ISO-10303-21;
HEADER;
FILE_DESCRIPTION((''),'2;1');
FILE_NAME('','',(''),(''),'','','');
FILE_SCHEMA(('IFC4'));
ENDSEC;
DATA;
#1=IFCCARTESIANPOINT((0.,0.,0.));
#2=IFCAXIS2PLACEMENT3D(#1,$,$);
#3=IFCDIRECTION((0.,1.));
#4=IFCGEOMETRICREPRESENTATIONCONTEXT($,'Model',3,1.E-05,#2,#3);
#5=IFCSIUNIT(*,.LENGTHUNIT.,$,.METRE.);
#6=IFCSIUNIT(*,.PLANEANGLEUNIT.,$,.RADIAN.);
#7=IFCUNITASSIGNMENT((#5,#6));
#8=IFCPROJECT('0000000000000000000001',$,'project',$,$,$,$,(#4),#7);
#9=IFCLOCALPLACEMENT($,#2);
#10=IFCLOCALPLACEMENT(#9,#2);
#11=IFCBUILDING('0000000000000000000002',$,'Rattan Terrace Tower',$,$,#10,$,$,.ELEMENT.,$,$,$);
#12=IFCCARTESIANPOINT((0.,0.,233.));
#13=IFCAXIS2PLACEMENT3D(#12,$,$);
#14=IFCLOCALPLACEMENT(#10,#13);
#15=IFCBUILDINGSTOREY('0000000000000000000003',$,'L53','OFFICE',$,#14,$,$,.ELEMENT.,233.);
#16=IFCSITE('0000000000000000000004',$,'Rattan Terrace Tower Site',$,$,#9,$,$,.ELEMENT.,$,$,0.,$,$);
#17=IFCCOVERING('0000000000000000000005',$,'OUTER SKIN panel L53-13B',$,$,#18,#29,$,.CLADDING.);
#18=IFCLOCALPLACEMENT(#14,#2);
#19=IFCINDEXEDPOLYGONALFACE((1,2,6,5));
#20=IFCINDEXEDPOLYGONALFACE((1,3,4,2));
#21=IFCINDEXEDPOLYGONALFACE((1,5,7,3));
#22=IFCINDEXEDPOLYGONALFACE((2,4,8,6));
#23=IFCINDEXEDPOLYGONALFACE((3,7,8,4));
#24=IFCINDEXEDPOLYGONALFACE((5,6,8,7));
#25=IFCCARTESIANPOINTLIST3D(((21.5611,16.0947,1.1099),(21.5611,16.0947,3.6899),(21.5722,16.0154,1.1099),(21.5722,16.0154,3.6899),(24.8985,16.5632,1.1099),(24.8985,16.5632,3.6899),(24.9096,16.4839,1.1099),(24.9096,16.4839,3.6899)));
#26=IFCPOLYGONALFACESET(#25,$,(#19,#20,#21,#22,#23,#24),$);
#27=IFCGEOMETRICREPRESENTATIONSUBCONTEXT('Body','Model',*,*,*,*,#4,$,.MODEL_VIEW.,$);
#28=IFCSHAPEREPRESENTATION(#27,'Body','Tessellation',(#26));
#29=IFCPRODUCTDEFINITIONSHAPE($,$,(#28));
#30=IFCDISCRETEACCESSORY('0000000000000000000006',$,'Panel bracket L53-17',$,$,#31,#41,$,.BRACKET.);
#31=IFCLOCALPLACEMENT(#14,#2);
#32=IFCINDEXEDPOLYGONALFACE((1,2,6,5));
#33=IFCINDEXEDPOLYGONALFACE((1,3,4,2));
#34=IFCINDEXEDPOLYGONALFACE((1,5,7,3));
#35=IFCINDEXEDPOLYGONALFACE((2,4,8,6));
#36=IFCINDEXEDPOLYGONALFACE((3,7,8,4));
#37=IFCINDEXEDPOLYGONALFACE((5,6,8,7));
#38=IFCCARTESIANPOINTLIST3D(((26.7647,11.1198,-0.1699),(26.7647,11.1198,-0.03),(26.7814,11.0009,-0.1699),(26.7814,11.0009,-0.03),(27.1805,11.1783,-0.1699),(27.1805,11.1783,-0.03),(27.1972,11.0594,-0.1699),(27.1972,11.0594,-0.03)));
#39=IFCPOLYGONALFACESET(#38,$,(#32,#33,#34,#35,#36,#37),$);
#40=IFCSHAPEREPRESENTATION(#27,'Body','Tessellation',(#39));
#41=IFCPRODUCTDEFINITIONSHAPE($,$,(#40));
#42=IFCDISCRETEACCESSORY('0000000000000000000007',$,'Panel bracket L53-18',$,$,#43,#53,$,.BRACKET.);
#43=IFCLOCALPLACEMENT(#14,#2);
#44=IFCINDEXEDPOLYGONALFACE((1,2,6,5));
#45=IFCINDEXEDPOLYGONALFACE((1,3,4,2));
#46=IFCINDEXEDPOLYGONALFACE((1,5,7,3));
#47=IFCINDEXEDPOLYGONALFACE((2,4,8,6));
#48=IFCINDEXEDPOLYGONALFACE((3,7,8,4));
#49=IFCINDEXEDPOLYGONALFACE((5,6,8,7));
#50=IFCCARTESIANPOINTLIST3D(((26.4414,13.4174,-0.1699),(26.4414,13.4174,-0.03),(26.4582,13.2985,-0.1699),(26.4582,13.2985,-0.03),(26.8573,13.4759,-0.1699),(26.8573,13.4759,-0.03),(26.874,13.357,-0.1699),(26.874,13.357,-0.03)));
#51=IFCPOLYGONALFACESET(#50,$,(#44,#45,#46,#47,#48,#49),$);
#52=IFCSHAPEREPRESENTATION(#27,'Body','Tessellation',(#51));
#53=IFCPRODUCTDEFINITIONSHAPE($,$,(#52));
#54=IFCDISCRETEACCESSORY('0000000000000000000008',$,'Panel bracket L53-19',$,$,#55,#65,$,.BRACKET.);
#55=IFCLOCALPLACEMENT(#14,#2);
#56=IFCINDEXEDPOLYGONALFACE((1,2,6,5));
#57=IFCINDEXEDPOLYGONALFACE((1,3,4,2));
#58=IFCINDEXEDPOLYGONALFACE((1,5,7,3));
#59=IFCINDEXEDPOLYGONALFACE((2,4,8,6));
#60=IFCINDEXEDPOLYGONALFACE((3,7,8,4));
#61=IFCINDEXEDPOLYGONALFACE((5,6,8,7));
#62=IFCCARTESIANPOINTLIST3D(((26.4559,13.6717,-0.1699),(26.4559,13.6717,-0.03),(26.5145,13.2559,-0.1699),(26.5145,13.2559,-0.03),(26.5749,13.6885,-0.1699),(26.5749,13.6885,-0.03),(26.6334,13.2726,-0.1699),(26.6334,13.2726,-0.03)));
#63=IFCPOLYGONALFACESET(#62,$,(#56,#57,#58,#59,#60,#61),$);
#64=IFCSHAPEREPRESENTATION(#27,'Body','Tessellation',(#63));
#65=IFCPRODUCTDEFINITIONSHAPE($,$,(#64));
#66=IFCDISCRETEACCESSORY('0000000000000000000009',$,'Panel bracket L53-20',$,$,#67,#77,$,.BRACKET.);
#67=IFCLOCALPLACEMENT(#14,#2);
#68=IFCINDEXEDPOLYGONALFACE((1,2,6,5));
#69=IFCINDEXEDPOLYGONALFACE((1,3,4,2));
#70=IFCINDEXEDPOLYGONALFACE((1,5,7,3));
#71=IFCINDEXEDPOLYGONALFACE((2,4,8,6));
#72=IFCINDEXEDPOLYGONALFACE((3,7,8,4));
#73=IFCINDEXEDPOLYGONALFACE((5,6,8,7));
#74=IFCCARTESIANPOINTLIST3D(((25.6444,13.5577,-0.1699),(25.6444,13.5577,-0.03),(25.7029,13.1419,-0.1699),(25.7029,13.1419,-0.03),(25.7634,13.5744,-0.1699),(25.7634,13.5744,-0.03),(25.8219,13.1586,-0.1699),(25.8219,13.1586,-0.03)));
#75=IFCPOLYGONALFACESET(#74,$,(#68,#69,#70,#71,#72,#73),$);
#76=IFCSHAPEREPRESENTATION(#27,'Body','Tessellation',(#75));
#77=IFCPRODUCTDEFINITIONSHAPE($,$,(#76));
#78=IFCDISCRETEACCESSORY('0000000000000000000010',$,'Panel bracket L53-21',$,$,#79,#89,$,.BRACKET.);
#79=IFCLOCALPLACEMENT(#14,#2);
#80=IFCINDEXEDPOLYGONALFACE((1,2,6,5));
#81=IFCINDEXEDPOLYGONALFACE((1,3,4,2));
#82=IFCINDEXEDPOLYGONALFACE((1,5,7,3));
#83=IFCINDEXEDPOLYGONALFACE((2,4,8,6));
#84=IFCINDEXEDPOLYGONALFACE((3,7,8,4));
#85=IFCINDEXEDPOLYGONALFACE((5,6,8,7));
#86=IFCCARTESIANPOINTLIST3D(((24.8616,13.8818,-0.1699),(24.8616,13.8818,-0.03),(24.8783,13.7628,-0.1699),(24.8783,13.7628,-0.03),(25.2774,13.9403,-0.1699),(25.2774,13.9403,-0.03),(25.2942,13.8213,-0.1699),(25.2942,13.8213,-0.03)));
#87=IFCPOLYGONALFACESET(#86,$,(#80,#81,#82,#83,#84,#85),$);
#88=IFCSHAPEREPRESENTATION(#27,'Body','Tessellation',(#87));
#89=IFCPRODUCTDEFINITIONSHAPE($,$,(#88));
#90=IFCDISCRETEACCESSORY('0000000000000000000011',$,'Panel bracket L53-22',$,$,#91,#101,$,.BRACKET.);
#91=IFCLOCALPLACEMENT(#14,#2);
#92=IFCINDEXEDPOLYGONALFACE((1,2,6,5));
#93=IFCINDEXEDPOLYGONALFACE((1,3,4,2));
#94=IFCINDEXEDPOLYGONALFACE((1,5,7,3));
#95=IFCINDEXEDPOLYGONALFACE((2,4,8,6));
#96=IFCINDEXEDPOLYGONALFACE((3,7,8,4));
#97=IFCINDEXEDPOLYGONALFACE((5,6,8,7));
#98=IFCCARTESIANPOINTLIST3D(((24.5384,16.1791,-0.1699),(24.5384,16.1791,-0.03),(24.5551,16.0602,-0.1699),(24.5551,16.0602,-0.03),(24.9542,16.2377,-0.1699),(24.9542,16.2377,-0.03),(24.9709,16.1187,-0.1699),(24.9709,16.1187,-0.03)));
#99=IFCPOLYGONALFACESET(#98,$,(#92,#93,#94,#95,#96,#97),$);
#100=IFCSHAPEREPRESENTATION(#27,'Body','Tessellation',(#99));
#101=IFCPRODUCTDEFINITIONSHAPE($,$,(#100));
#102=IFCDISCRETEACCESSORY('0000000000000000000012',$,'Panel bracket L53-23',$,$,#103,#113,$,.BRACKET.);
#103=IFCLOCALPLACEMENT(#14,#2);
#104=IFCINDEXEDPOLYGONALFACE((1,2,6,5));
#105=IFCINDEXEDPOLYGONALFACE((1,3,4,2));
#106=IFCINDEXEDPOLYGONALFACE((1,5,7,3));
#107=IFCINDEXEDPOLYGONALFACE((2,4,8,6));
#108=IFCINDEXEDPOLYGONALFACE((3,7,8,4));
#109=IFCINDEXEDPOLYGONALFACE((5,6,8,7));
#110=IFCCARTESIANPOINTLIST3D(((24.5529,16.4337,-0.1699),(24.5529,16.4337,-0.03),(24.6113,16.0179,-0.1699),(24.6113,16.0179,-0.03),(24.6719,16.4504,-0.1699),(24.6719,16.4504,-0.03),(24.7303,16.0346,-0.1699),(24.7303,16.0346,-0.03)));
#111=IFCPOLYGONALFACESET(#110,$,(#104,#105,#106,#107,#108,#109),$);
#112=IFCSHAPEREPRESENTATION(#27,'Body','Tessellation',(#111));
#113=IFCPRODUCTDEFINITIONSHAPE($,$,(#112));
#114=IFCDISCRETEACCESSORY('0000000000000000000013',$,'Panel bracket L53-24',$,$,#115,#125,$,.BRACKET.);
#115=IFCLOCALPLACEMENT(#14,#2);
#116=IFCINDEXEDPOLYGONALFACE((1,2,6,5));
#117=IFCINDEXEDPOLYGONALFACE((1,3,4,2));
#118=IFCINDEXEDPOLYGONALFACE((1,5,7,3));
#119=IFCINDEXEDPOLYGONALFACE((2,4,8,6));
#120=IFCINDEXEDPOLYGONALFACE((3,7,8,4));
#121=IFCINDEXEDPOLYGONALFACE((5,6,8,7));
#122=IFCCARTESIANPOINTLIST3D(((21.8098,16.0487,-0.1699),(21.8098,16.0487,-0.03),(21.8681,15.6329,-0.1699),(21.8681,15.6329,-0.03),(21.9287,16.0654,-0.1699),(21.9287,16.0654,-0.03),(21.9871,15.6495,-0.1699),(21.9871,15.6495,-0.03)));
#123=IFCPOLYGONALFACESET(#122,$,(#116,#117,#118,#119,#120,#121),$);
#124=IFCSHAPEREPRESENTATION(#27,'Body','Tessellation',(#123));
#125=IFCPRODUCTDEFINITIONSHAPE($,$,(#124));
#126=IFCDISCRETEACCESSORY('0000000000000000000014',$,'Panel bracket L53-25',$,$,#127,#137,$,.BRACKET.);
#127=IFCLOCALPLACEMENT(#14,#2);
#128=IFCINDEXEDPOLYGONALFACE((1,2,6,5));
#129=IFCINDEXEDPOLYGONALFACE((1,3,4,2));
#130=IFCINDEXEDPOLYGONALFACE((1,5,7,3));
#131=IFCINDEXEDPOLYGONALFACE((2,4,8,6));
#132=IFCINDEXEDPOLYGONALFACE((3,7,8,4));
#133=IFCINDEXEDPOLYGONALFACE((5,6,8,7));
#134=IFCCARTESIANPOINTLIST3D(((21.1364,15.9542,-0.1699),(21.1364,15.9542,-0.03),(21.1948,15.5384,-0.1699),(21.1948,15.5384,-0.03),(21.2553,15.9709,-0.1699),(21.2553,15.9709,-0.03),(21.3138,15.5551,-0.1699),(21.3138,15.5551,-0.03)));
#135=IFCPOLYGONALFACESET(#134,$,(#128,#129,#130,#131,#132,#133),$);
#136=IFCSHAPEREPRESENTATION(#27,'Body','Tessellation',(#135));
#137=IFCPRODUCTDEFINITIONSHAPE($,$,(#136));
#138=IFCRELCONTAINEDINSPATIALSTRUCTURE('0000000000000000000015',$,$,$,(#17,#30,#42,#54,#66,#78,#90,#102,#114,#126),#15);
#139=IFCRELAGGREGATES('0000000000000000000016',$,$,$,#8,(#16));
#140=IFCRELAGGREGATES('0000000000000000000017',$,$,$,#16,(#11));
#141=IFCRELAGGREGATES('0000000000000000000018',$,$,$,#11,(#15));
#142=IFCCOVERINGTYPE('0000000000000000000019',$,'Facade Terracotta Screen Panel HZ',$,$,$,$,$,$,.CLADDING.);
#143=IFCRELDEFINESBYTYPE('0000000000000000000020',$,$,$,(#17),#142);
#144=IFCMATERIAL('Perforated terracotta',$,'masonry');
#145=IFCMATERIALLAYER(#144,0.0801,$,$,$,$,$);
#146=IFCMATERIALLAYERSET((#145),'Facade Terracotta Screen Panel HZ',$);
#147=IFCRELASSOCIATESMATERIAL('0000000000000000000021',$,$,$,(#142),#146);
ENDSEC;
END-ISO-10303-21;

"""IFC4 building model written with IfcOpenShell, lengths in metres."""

from ifc_helpers import new_model, si_unit, direction, frame, origin, origin_2d, place, context, subcontext, project, spatial, rectangle, extrude, material, layer, layer_set, type_object, element, save


model = new_model("IFC4")

# Units and contexts
model_context = context("Model", 3, precision=1e-05, world=origin(), true_north=direction((0.0, 1.0)))
body_context = subcontext(model_context, "Body", "Model", "MODEL_VIEW")
ifc_project = project(units=[si_unit("LENGTHUNIT", "METRE"), si_unit("PLANEANGLEUNIT", "RADIAN")], contexts=[model_context])

# Site, building, storey
site_placement = place(None, origin())
site = spatial("IfcSite", under=ifc_project, at=site_placement, Name="Rattan Terrace Tower Site", CompositionType="ELEMENT", RefElevation=0.0)
building_placement = place(site_placement, origin())
building = spatial("IfcBuilding", under=site, at=building_placement, Name="Rattan Terrace Tower", CompositionType="ELEMENT")
storey_placement = place(building_placement, frame((0.0, 0.0, 233.0)))
storey = spatial("IfcBuildingStorey", under=building, at=storey_placement, Name="L53", Description="OFFICE", CompositionType="ELEMENT", Elevation=233.0)

# Covering
ifc_material_1 = material(Name="Perforated terracotta", Category="masonry")
ifc_layer_1 = layer(ifc_material_1, 0.0801)
ifc_layer_set_1 = layer_set([ifc_layer_1], Name="Facade Terracotta Screen Panel HZ")
covering_type_1 = type_object("IfcCoveringType", Name="Facade Terracotta Screen Panel HZ", PredefinedType="CLADDING", material=ifc_layer_set_1)
covering_1_placement = place(storey_placement, frame((23.2354, 16.2893, 1.1099), z_axis=(0.0, 0.0, 1.0), x_axis=(-0.990293, -0.138994, 0.0)))
element("IfcCovering", 1, at=covering_1_placement, inside=storey, type_object=covering_type_1, Name="OUTER SKIN panel L53-13B", PredefinedType="CLADDING", context=body_context, shape_type="SweptSolid", body=[
    extrude(rectangle(XDim=3.3701, YDim=0.0801, at=origin_2d()), origin(), (0.0, 0.0, 1.0), 2.5801),
])

# Discrete accessories
for number, where, z_axis, x_axis, name in (
    (2, (26.981, 11.0896, -0.1699), (0.0, 0.0, 1.0), (-0.139321, 0.990247, 0.0), "Panel bracket L53-17"),
    (3, (26.6577, 13.3872, -0.1699), (0.0, 0.0, 1.0), (-0.139321, 0.990247, 0.0), "Panel bracket L53-18"),
    (4, (26.5447, 13.4722, -0.1699), (0.0, 0.0, 1.0), (-0.990241, -0.139367, 0.0), "Panel bracket L53-19"),
    (5, (25.7332, 13.3582, -0.1699), (0.0, 0.0, 1.0), (-0.990241, -0.139367, 0.0), "Panel bracket L53-20"),
    (6, (25.0779, 13.8516, -0.1699), (0.0, 0.0, 1.0), (-0.139321, 0.990247, 0.0), "Panel bracket L53-21"),
    (7, (24.7546, 16.1489, -0.1699), (0.0, 0.0, 1.0), (-0.139321, 0.990247, 0.0), "Panel bracket L53-22"),
    (8, (24.6416, 16.2341, -0.1699), (0.0, 0.0, 1.0), (-0.990293, -0.138994, 0.0), "Panel bracket L53-23"),
    (9, (21.8984, 15.8491, -0.1699), (0.0, 0.0, 1.0), (-0.990293, -0.138994, 0.0), "Panel bracket L53-24"),
    (10, (21.2251, 15.7546, -0.1699), (0.0, 0.0, 1.0), (-0.990267, -0.139177, 0.0), "Panel bracket L53-25"),
):
    element("IfcDiscreteAccessory", number, at=place(storey_placement, frame(where, z_axis=z_axis, x_axis=x_axis)), inside=storey, Name=name, PredefinedType="BRACKET", context=body_context, shape_type="SweptSolid", body=[
        extrude(rectangle(XDim=0.1201, YDim=0.4199, at=origin_2d()), origin(), (0.0, 0.0, 1.0), 0.1399),
    ])

save(model, "model.ifc")
